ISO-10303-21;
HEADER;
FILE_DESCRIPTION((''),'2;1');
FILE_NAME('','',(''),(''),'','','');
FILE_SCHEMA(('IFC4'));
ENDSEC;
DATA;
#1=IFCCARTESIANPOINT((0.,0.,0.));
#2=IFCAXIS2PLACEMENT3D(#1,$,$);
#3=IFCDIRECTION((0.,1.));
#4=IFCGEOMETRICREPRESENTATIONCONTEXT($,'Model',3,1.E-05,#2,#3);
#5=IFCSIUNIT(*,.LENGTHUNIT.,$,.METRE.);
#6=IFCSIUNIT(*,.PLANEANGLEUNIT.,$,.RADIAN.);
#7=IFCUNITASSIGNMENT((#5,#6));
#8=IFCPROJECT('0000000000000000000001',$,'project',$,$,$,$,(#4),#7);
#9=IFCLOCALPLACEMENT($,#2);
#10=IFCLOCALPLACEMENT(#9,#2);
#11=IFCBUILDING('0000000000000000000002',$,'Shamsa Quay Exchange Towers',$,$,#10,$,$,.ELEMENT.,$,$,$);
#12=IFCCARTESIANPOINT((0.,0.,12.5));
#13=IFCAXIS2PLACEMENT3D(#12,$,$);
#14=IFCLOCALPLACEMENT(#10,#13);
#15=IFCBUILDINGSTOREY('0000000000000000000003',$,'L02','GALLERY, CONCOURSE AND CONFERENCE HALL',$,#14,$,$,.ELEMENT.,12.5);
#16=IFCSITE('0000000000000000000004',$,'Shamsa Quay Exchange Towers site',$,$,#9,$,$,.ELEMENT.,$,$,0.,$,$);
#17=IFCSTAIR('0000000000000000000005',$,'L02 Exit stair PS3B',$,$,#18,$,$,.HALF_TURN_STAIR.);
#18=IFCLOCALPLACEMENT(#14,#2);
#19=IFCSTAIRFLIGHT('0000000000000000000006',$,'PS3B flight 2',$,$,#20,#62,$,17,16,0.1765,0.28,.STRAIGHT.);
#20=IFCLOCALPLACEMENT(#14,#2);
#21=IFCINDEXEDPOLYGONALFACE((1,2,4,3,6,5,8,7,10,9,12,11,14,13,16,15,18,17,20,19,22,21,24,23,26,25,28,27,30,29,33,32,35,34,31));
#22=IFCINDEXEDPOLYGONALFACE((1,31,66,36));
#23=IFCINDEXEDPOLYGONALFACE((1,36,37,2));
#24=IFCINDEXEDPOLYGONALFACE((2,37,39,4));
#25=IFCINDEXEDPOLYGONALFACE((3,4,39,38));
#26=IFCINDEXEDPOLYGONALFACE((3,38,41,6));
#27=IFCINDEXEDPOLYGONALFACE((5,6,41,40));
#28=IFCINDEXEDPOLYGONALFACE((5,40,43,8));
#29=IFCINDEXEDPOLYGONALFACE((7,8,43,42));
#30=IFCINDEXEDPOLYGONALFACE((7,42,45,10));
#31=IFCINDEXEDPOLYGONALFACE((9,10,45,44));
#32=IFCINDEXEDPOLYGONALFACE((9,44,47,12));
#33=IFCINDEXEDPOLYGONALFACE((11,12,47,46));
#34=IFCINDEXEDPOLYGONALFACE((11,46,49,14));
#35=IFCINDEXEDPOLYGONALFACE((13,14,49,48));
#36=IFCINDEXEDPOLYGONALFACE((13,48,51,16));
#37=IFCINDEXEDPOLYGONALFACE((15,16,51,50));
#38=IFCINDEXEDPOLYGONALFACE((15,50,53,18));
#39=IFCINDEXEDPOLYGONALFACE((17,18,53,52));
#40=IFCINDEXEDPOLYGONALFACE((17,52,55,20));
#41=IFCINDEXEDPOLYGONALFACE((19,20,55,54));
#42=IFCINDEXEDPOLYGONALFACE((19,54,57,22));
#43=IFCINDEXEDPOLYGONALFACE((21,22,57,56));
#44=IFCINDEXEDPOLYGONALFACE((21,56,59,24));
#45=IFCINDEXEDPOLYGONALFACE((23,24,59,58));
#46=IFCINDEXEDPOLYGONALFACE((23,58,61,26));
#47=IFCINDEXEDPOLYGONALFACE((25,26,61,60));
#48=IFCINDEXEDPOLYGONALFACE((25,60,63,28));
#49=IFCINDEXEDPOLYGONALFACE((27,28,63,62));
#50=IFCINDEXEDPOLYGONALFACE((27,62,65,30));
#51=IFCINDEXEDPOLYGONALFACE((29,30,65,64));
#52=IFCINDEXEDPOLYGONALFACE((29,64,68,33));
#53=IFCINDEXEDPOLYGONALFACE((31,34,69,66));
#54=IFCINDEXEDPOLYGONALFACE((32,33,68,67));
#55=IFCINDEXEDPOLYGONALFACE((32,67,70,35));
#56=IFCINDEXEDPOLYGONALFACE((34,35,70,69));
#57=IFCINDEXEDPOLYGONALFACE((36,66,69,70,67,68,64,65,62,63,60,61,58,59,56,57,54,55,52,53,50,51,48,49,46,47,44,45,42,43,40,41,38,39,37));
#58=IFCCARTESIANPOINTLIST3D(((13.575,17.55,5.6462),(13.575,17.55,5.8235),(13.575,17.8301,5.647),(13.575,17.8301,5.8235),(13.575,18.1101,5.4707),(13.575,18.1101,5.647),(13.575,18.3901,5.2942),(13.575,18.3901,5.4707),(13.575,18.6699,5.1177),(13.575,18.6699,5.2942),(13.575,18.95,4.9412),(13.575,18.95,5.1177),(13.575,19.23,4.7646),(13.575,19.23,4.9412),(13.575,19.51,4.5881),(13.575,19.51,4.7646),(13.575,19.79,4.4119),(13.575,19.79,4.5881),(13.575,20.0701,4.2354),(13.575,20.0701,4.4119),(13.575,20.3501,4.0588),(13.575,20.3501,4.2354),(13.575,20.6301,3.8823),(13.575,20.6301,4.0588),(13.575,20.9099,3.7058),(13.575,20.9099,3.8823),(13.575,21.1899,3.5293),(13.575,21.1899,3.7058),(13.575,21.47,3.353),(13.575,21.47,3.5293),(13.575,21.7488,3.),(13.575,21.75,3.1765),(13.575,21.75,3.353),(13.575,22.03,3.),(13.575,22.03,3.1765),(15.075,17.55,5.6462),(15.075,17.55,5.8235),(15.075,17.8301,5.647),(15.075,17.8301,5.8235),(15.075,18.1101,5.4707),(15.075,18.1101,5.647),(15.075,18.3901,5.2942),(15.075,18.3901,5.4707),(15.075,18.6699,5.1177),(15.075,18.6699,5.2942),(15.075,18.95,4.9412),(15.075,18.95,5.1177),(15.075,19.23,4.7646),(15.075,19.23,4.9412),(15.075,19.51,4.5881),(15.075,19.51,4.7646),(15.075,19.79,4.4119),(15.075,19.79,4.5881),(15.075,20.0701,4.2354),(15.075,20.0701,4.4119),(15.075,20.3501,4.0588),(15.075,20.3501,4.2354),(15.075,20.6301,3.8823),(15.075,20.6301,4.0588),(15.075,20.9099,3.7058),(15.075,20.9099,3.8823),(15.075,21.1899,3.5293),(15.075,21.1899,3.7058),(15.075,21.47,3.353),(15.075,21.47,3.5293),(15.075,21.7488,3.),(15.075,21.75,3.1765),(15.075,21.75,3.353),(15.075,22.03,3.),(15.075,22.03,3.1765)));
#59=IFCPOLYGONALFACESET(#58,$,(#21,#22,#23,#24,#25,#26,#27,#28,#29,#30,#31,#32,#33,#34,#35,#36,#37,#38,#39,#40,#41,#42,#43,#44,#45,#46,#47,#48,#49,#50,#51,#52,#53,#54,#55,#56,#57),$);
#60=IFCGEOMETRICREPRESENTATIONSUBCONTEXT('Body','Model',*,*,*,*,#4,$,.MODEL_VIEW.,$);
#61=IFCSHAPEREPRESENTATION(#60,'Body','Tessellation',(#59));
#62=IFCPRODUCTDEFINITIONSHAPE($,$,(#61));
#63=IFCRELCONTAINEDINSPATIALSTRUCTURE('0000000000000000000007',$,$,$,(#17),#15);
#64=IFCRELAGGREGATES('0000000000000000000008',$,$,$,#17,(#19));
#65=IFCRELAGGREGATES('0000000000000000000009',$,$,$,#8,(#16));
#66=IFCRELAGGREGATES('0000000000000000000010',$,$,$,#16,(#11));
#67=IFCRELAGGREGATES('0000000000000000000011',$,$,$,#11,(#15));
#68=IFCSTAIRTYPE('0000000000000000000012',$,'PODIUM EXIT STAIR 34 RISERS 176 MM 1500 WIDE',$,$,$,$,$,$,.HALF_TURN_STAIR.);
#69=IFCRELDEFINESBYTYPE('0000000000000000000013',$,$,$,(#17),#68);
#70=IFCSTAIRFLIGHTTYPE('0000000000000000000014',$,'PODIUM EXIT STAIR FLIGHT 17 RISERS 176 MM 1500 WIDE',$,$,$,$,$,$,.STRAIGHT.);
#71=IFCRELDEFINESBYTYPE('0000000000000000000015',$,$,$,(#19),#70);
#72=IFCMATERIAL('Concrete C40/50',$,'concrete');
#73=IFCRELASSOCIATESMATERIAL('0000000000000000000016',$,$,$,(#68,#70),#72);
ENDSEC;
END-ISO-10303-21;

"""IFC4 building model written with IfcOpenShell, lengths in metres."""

from ifc_helpers import new_model, si_unit, direction, frame, origin, place, context, subcontext, project, spatial, polyline, outline, extrude, material, type_object, element, aggregate, save


model = new_model("IFC4")

# Units and contexts
model_context = context("Model", 3, precision=1e-05, world=origin(), true_north=direction((0.0, 1.0)))
body_context = subcontext(model_context, "Body", "Model", "MODEL_VIEW")
ifc_project = project(units=[si_unit("LENGTHUNIT", "METRE"), si_unit("PLANEANGLEUNIT", "RADIAN")], contexts=[model_context])

# Site, building, storey
site_placement = place(None, origin())
site = spatial("IfcSite", under=ifc_project, at=site_placement, Name="Shamsa Quay Exchange Towers site", CompositionType="ELEMENT", RefElevation=0.0)
building_placement = place(site_placement, origin())
building = spatial("IfcBuilding", under=site, at=building_placement, Name="Shamsa Quay Exchange Towers", CompositionType="ELEMENT")
storey_placement = place(building_placement, frame((0.0, 0.0, 12.5)))
storey = spatial("IfcBuildingStorey", under=building, at=storey_placement, Name="L02", Description="GALLERY, CONCOURSE AND CONFERENCE HALL", CompositionType="ELEMENT", Elevation=12.5)

# Stair, stair flight
ifc_material_1 = material(Name="Concrete C40/50", Category="concrete")
stair_type = type_object("IfcStairType", Name="PODIUM EXIT STAIR 34 RISERS 176 MM 1500 WIDE", PredefinedType="HALF_TURN_STAIR", material=ifc_material_1)
stair_placement = place(storey_placement, origin())
stair = element("IfcStair", 1, at=stair_placement, inside=storey, type_object=stair_type, Name="L02 Exit stair PS3B", PredefinedType="HALF_TURN_STAIR")
stair_flight_type = type_object("IfcStairFlightType", Name="PODIUM EXIT STAIR FLIGHT 17 RISERS 176 MM 1500 WIDE", PredefinedType="STRAIGHT", material=ifc_material_1)
stair_flight_placement = place(storey_placement, frame((14.325, 22.03, 3.0), z_axis=(0.0, 0.0, 1.0), x_axis=(0.0, -1.0, 0.0)))
stair_flight = element("IfcStairFlight", 2, at=stair_flight_placement, type_object=stair_flight_type, Name="PS3B flight 2", NumberOfRisers=17, NumberOfTreads=16, PredefinedType="STRAIGHT", RiserHeight=0.1765, TreadLength=0.28, context=body_context, shape_type="SweptSolid", body=[
    extrude(outline(polyline([(0.0, 0.0), (0.0, 0.1765), (0.28, 0.1765), (0.28, 0.353), (0.5601, 0.353), (0.5601, 0.5293), (0.8401, 0.5293), (0.8401, 0.7058), (1.1201, 0.7058), (1.1201, 0.8823), (1.3999, 0.8823), (1.3999, 1.0588), (1.6799, 1.0588), (1.6799, 1.2354), (1.96, 1.2354), (1.96, 1.4119), (2.24, 1.4119), (2.24, 1.5881), (2.52, 1.5881), (2.52, 1.7646), (2.8, 1.7646), (2.8, 1.9412), (3.0801, 1.9412), (3.0801, 2.1177), (3.3601, 2.1177), (3.3601, 2.2942), (3.6399, 2.2942), (3.6399, 2.4707), (3.9199, 2.4707), (3.9199, 2.647), (4.2, 2.647), (4.2, 2.8235), (4.48, 2.8235), (4.48, 3.0), (4.48, 2.6462), (0.2812, 0.0), (0.0, 0.0)])), frame((0.0, 0.75, 0.0), z_axis=(0.0, -1.0, 0.0), x_axis=(1.0, 0.0, 0.0)), (0.0, 0.0, 1.0), 1.5),
])
aggregate(stair, [stair_flight])

save(model, "model.ifc")
